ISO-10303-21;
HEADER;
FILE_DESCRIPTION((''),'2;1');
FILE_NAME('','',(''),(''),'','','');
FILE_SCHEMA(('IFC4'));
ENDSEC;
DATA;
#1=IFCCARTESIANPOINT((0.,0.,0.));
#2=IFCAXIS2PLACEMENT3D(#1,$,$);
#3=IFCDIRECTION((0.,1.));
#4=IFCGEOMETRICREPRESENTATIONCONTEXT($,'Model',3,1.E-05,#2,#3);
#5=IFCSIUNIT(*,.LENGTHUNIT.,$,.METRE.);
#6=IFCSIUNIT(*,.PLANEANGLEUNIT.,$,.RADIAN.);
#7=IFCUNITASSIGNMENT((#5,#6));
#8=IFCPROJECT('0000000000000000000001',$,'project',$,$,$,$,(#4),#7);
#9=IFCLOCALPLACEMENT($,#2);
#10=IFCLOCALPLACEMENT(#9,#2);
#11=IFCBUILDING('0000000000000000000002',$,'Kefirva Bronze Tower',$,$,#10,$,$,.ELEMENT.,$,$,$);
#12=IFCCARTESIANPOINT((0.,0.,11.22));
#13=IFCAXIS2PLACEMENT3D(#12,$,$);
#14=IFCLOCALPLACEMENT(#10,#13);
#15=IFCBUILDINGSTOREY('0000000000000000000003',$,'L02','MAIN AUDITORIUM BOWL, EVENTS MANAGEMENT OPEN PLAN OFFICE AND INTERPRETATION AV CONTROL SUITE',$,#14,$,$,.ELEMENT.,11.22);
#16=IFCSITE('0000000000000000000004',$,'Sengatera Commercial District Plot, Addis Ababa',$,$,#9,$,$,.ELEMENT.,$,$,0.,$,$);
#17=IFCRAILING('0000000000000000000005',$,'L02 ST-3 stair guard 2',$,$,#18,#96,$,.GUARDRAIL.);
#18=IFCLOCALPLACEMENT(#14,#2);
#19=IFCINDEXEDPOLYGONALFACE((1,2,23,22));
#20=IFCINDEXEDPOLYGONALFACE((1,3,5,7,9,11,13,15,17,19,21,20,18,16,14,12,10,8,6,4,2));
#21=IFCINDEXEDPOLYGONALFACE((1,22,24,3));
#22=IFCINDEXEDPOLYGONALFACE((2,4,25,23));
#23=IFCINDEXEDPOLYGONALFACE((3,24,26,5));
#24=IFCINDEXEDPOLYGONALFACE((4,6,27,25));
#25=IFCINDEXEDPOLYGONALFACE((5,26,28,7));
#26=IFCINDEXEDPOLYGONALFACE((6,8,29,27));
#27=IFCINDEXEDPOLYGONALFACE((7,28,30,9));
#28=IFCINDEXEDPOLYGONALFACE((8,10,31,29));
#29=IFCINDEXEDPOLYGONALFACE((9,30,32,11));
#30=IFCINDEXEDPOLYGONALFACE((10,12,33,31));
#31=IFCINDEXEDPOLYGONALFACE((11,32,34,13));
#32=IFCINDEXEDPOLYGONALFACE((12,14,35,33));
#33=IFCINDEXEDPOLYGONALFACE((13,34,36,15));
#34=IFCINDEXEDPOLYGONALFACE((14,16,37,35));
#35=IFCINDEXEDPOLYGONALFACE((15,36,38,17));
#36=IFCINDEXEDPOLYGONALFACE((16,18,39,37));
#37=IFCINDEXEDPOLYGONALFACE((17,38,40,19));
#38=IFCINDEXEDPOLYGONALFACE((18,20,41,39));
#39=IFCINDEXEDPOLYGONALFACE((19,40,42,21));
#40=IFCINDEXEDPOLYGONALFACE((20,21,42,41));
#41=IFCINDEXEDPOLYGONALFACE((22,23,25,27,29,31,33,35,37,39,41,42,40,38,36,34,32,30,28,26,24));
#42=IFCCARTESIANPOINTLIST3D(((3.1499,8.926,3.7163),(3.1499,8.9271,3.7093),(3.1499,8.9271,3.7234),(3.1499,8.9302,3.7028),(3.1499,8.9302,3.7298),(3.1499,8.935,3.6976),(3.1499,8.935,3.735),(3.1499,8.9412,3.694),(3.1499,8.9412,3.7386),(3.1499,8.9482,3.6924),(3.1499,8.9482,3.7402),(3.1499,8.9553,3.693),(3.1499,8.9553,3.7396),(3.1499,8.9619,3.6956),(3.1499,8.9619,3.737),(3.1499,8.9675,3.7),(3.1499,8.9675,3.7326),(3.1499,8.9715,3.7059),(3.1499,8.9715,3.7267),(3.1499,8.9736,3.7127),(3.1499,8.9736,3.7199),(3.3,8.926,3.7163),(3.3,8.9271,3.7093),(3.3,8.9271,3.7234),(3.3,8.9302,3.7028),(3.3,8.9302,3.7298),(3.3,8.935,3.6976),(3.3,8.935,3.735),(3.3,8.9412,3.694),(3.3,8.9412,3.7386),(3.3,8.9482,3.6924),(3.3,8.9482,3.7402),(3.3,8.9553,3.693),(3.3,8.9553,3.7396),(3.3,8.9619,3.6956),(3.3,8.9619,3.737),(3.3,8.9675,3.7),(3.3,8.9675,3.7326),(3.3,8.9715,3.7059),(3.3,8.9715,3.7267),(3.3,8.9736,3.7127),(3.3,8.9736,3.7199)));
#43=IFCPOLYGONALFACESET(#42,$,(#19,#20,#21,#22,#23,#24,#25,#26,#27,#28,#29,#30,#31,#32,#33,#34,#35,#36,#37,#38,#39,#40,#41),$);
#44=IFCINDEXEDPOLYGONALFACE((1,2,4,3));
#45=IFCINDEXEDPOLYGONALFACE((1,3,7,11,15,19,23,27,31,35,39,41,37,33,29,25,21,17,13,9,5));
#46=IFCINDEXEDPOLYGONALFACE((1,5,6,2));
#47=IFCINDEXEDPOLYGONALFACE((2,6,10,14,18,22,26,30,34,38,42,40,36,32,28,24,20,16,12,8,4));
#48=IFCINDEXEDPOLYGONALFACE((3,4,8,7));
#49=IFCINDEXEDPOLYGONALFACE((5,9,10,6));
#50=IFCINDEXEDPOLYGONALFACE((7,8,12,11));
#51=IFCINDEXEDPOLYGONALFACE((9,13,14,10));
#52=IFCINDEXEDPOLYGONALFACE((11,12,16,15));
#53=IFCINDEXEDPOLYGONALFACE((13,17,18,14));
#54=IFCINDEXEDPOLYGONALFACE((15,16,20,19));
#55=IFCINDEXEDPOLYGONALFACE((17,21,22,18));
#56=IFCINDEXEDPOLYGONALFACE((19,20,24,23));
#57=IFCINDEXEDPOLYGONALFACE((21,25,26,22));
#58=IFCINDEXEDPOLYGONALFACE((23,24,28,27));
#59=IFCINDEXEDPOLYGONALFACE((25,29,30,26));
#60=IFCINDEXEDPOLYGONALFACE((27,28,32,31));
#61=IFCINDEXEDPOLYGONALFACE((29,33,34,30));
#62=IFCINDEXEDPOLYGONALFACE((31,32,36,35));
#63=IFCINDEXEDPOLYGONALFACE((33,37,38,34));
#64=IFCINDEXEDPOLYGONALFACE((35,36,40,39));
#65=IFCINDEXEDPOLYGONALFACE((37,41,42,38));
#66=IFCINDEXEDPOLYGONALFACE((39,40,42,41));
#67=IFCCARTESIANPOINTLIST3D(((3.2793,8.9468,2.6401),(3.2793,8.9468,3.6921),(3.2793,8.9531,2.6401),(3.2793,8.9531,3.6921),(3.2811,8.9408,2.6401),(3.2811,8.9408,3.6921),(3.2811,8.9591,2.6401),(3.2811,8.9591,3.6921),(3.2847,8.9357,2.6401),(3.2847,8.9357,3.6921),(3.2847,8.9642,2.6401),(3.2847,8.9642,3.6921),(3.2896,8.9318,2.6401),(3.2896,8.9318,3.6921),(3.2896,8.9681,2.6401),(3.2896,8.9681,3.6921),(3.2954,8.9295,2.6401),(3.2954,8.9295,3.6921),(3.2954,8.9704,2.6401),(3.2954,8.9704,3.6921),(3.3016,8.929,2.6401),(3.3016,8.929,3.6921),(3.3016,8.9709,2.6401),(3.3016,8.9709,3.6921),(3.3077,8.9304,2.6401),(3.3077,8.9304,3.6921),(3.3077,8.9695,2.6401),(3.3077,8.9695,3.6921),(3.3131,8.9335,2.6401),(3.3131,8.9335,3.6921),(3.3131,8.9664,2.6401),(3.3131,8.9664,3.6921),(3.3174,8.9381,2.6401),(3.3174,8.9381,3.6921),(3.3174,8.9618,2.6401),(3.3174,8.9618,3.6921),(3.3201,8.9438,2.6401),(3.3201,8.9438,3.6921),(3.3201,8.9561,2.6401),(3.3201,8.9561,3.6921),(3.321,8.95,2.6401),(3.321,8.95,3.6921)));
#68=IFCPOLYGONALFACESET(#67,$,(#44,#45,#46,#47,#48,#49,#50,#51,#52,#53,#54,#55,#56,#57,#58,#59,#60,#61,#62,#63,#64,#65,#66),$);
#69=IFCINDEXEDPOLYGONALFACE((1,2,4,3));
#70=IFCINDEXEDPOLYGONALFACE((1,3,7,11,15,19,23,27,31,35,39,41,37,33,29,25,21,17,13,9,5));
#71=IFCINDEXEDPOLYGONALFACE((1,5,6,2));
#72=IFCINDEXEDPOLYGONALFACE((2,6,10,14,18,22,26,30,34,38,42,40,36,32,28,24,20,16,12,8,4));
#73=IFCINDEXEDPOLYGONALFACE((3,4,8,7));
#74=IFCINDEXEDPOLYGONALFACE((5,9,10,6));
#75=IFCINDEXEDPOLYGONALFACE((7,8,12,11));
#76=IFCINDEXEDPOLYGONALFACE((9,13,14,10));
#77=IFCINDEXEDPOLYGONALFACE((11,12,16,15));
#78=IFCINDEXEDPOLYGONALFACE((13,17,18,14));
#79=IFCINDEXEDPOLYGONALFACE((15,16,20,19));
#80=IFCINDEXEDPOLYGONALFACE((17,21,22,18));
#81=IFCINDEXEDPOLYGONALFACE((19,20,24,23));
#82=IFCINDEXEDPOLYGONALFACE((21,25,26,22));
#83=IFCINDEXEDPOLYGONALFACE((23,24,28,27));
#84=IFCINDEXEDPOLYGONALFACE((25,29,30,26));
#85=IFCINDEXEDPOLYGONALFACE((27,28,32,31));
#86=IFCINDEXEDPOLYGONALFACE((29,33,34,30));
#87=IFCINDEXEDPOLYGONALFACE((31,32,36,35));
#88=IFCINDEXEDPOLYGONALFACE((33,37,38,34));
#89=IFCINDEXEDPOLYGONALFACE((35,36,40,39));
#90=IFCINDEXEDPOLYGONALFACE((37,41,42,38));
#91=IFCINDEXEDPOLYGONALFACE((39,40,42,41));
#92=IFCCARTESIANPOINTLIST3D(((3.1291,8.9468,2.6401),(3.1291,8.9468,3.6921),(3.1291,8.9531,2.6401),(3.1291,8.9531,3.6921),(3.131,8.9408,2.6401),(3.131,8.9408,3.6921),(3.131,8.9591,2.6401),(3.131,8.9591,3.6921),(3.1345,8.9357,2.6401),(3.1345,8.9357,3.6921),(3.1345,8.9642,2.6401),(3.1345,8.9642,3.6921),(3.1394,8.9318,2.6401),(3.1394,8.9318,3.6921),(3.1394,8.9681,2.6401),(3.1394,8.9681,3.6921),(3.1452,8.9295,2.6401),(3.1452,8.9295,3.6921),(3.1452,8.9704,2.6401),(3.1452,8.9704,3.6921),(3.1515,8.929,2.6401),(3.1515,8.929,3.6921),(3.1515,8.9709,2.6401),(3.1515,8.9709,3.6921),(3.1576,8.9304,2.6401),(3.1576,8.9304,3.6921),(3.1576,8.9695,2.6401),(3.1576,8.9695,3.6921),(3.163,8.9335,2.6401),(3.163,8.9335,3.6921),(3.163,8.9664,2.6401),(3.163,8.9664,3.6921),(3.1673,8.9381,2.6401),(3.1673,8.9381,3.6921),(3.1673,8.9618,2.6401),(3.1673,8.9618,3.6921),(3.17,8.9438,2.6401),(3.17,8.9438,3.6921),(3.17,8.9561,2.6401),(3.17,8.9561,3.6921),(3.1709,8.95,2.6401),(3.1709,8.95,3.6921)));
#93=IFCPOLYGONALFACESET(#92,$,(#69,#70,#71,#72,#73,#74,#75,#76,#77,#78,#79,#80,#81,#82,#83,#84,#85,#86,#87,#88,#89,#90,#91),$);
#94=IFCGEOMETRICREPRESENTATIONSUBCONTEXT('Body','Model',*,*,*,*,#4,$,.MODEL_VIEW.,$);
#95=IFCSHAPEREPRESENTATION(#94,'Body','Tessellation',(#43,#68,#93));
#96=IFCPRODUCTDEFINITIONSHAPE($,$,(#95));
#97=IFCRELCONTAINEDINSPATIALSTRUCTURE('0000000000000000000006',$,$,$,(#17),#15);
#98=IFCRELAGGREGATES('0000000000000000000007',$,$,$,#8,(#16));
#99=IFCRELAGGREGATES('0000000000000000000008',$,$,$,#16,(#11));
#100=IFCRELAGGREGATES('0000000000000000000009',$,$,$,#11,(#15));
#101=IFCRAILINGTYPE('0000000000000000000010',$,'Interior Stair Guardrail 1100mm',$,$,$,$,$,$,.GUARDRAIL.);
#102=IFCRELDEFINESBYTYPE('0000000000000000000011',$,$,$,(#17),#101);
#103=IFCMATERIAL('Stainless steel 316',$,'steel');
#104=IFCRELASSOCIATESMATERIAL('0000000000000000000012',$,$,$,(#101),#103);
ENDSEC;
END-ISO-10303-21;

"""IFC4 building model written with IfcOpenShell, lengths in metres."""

from ifc_helpers import new_model, si_unit, direction, frame, origin, origin_2d, place, context, subcontext, project, spatial, circle, extrude, material, type_object, element, save


model = new_model("IFC4")

# Units and contexts
model_context = context("Model", 3, precision=1e-05, world=origin(), true_north=direction((0.0, 1.0)))
body_context = subcontext(model_context, "Body", "Model", "MODEL_VIEW")
ifc_project = project(units=[si_unit("LENGTHUNIT", "METRE"), si_unit("PLANEANGLEUNIT", "RADIAN")], contexts=[model_context])

# Site, building, storey
site_placement = place(None, origin())
site = spatial("IfcSite", under=ifc_project, at=site_placement, Name="Sengatera Commercial District Plot, Addis Ababa", CompositionType="ELEMENT", RefElevation=0.0)
building_placement = place(site_placement, origin())
building = spatial("IfcBuilding", under=site, at=building_placement, Name="Kefirva Bronze Tower", CompositionType="ELEMENT")
storey_placement = place(building_placement, frame((0.0, 0.0, 11.22)))
storey = spatial("IfcBuildingStorey", under=building, at=storey_placement, Name="L02", Description="MAIN AUDITORIUM BOWL, EVENTS MANAGEMENT OPEN PLAN OFFICE AND INTERPRETATION AV CONTROL SUITE", CompositionType="ELEMENT", Elevation=11.22)

# Railing
ifc_material_1 = material(Name="Stainless steel 316", Category="steel")
railing_type_1 = type_object("IfcRailingType", Name="Interior Stair Guardrail 1100mm", PredefinedType="GUARDRAIL", material=ifc_material_1)
railing_1_placement = place(storey_placement, frame((3.3, 8.95, 2.6401)))
element("IfcRailing", 1, at=railing_1_placement, inside=storey, type_object=railing_type_1, Name="L02 ST-3 stair guard 2", PredefinedType="GUARDRAIL", context=body_context, shape_type="SweptSolid", body=[
    extrude(circle(Radius=0.0239, at=origin_2d()), frame((0.0, 0.0, 1.0762), z_axis=(-1.0, 0.0, 0.0), x_axis=(0.0, -1.0, 0.0)), (0.0, 0.0, 1.0), 0.1501),
    extrude(circle(Radius=0.021, at=origin_2d()), origin(), (0.0, 0.0, 1.0), 1.052),
    extrude(circle(Radius=0.021, at=origin_2d()), frame((-0.1501, 0.0, 0.0)), (0.0, 0.0, 1.0), 1.052),
])

save(model, "model.ifc")
